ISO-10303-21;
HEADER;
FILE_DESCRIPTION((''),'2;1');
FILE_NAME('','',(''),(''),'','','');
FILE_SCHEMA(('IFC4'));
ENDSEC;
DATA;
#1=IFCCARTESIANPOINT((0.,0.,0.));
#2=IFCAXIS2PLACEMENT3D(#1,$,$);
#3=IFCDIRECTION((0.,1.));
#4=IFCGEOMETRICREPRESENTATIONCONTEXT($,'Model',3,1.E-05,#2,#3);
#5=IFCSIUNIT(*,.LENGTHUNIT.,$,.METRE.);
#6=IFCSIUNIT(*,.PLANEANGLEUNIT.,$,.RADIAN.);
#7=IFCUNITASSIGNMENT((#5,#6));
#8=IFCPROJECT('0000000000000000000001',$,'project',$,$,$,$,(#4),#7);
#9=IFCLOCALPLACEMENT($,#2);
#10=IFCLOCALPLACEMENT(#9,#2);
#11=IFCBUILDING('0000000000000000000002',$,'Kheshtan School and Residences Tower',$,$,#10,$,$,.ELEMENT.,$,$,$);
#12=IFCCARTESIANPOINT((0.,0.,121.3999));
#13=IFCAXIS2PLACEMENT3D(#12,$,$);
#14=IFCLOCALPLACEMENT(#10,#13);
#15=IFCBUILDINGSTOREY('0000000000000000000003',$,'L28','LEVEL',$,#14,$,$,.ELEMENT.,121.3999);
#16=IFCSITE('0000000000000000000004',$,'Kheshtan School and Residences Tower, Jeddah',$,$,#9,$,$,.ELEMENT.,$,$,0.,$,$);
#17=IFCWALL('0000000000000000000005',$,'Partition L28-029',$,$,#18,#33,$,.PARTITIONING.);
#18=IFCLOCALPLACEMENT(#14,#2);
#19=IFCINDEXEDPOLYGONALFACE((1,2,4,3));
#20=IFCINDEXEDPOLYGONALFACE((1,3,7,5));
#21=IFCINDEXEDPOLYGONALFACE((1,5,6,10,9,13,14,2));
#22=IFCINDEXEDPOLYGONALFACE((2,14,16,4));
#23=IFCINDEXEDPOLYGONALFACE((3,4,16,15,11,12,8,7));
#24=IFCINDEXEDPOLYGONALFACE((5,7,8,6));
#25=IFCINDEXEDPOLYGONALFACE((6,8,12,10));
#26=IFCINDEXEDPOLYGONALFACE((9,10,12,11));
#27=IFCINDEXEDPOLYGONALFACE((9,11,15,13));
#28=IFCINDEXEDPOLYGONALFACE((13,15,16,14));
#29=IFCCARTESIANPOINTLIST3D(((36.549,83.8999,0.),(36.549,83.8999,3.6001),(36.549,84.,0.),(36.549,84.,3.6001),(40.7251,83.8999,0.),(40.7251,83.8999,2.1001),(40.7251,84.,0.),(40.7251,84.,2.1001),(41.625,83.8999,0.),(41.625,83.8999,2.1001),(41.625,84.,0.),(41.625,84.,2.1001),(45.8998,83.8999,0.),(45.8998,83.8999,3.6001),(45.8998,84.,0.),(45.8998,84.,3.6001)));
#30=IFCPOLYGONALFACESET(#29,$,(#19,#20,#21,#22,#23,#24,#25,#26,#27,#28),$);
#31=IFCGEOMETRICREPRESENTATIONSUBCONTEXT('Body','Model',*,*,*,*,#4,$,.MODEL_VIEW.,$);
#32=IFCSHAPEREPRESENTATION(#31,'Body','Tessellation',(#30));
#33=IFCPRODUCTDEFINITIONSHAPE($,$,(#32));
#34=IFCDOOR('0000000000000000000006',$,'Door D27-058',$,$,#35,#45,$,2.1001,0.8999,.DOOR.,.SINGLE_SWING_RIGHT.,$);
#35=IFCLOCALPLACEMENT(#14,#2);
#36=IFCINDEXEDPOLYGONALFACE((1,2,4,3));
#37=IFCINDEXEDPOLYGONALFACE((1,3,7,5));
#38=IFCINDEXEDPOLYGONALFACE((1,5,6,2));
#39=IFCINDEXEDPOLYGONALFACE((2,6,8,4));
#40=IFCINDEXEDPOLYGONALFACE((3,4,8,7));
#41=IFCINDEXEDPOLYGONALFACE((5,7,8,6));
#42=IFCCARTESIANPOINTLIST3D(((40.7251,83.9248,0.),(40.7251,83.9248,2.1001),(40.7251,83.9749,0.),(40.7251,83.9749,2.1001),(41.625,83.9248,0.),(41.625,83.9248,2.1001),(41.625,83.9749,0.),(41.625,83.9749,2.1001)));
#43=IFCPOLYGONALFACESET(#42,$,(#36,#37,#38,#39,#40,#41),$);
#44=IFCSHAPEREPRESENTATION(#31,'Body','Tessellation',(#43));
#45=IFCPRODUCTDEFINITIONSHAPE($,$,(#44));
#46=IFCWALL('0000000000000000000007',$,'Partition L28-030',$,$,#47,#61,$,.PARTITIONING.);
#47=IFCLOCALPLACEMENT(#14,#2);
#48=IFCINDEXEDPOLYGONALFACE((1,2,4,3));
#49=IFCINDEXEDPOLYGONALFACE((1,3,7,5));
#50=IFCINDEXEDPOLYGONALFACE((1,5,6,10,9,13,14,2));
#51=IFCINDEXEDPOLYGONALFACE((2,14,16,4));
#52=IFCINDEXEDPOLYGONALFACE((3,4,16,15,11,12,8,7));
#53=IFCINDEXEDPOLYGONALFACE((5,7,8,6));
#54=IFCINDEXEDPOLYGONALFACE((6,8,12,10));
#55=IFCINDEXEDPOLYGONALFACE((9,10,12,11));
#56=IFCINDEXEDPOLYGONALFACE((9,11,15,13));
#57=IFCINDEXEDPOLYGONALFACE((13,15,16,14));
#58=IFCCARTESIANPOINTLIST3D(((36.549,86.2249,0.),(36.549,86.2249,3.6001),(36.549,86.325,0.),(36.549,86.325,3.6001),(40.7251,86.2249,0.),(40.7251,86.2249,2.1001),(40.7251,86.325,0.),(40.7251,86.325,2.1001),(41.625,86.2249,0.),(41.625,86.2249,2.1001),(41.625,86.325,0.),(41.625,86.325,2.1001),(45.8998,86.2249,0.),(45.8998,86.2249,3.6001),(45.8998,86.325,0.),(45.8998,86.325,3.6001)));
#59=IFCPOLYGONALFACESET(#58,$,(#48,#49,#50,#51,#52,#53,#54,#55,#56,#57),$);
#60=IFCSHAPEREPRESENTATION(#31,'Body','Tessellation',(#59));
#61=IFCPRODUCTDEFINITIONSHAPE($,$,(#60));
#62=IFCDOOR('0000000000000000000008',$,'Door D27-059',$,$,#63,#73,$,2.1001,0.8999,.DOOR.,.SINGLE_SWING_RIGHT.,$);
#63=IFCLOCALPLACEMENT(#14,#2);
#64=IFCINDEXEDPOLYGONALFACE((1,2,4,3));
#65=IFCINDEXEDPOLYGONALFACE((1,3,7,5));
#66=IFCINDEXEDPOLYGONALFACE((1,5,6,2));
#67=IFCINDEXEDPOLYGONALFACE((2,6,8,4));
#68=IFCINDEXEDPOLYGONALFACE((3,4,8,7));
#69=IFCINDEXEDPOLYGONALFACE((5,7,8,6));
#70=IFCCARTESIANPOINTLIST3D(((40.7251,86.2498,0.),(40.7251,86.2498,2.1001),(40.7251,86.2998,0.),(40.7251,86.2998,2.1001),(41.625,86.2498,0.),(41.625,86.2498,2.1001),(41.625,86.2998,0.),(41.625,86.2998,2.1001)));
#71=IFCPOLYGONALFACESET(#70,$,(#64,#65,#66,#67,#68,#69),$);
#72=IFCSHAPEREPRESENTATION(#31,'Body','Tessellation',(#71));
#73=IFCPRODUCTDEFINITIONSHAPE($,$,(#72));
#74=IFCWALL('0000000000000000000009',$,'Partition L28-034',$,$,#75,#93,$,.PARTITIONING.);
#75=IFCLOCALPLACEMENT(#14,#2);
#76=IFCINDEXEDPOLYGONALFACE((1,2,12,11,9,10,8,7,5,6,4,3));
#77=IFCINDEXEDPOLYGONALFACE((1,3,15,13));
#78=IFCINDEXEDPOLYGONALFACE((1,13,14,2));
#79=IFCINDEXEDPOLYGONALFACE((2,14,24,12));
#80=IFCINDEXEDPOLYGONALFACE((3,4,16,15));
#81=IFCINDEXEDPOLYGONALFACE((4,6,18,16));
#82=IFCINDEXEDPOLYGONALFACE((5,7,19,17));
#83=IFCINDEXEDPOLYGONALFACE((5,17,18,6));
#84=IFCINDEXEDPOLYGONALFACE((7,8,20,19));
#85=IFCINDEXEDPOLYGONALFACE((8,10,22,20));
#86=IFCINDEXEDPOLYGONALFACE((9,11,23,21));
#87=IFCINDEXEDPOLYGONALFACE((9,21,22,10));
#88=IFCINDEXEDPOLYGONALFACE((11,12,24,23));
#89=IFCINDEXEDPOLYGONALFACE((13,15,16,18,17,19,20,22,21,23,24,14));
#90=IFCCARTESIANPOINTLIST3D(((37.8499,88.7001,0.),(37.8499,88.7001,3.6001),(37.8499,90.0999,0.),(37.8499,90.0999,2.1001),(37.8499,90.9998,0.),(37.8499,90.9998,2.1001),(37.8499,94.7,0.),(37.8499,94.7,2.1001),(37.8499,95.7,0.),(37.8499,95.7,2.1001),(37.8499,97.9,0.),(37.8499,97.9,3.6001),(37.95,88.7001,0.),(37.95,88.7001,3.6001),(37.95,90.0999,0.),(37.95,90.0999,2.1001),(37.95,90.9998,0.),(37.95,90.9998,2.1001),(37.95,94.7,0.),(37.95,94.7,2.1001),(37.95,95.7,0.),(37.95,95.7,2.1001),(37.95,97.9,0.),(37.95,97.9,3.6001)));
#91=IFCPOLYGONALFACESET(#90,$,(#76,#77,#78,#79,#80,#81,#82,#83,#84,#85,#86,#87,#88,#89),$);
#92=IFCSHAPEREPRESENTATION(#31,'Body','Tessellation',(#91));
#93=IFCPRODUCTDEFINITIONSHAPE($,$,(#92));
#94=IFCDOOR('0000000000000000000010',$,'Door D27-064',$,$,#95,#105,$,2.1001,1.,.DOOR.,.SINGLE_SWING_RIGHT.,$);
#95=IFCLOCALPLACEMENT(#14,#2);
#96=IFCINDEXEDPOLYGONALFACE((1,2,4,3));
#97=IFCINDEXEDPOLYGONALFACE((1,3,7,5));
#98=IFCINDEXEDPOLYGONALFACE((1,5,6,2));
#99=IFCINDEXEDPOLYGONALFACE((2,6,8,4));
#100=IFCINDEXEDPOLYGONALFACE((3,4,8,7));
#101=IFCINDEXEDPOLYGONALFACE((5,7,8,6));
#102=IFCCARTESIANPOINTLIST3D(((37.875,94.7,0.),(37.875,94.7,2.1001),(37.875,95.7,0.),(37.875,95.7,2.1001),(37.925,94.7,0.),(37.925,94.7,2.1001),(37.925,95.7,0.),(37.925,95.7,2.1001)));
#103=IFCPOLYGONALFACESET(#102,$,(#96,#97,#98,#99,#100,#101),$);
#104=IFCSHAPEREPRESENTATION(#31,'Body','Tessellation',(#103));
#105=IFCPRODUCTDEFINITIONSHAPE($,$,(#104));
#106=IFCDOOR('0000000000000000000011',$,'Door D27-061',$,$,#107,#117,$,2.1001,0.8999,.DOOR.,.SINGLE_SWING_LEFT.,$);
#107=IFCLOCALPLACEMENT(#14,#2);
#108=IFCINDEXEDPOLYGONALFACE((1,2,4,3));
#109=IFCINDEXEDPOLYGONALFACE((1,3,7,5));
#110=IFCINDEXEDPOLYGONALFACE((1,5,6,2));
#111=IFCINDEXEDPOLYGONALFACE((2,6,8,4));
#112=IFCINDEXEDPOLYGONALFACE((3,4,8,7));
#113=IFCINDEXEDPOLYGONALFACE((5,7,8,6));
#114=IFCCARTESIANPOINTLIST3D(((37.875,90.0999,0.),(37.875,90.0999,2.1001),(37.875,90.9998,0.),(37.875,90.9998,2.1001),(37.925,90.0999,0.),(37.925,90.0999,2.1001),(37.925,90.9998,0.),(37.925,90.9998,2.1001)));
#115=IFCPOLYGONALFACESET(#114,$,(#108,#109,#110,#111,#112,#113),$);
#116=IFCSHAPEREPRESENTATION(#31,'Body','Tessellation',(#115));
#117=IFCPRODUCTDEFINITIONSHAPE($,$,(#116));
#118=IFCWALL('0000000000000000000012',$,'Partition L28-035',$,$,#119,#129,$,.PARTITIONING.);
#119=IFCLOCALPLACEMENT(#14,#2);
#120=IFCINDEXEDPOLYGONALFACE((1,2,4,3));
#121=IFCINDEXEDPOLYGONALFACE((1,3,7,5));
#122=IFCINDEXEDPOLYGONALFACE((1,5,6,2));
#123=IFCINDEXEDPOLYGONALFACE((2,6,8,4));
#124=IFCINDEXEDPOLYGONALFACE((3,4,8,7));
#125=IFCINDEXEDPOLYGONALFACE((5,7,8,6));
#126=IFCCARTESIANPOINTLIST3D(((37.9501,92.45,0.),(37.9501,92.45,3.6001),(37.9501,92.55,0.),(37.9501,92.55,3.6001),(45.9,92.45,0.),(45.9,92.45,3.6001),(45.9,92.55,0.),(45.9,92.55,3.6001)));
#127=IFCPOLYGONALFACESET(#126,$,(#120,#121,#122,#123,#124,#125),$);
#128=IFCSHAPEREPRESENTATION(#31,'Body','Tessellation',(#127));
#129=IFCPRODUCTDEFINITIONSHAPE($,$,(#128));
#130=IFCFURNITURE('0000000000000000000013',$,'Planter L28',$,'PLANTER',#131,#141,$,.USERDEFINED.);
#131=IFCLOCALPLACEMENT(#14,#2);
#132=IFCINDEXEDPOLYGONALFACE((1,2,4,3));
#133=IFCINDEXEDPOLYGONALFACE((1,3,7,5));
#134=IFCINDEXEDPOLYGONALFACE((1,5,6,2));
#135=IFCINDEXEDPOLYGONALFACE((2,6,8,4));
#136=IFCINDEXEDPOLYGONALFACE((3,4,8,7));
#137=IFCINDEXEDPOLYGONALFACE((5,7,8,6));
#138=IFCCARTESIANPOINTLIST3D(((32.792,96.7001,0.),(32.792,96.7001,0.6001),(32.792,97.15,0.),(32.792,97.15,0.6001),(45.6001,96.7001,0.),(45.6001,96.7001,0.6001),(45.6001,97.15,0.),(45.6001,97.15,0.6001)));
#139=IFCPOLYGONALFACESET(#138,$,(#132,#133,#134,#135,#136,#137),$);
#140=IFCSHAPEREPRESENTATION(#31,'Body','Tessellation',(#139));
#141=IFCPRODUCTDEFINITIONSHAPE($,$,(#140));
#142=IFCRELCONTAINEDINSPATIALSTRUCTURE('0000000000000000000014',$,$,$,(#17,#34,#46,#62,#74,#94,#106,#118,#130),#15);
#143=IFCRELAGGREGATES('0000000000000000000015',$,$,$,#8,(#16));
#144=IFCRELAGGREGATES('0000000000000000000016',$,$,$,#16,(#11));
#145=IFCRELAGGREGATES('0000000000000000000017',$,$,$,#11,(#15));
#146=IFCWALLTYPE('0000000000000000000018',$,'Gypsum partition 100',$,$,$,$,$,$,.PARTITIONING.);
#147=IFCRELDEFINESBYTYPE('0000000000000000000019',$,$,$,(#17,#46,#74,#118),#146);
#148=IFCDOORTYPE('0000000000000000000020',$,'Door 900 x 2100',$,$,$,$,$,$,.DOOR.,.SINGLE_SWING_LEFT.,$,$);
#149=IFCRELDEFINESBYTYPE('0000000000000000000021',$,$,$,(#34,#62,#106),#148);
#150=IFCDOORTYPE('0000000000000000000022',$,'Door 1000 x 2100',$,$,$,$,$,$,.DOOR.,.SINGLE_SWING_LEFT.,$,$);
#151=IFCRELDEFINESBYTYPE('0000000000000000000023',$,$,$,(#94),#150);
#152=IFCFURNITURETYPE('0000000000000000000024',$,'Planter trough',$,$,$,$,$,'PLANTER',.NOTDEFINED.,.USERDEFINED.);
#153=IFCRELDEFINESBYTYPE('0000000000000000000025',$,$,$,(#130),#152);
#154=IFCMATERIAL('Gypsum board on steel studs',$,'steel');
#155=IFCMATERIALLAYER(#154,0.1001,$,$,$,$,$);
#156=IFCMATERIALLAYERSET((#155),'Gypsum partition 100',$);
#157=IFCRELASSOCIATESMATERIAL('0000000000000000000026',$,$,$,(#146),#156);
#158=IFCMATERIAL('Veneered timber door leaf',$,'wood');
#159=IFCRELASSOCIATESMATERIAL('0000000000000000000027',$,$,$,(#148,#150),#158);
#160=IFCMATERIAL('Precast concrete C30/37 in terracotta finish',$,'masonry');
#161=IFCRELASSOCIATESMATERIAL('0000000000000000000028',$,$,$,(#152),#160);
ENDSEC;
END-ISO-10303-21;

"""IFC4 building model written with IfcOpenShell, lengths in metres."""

from ifc_helpers import new_model, si_unit, direction, frame, frame_2d, origin, origin_2d, place, context, subcontext, project, spatial, rectangle, extrude, source, transform, mapped, material, layer, layer_set, type_object, element, fill, save


model = new_model("IFC4")

# Units and contexts
model_context = context("Model", 3, precision=1e-05, world=origin(), true_north=direction((0.0, 1.0)))
body_context = subcontext(model_context, "Body", "Model", "MODEL_VIEW")
ifc_project = project(units=[si_unit("LENGTHUNIT", "METRE"), si_unit("PLANEANGLEUNIT", "RADIAN")], contexts=[model_context])

# Site, building, storey
site_placement = place(None, origin())
site = spatial("IfcSite", under=ifc_project, at=site_placement, Name="Kheshtan School and Residences Tower, Jeddah", CompositionType="ELEMENT", RefElevation=0.0)
building_placement = place(site_placement, origin())
building = spatial("IfcBuilding", under=site, at=building_placement, Name="Kheshtan School and Residences Tower", CompositionType="ELEMENT")
storey_placement = place(building_placement, frame((0.0, 0.0, 121.3999)))
storey = spatial("IfcBuildingStorey", under=building, at=storey_placement, Name="L28", Description="LEVEL", CompositionType="ELEMENT", Elevation=121.3999)

# Walls, openings, doors
ifc_material_1 = material(Name="Gypsum board on steel studs", Category="steel")
ifc_layer_1 = layer(ifc_material_1, 0.1001)
ifc_layer_set_1 = layer_set([ifc_layer_1], Name="Gypsum partition 100")
wall_type_1 = type_object("IfcWallType", Name="Gypsum partition 100", PredefinedType="PARTITIONING", material=ifc_layer_set_1)
wall_1_placement = place(storey_placement, frame((36.5491, 83.95, 0.0), z_axis=(0.0, 0.0, 1.0), x_axis=(1.0, 0.0, 0.0)))
wall_1 = element("IfcWall", 1, at=wall_1_placement, inside=storey, type_object=wall_type_1, Name="Partition L28-029", PredefinedType="PARTITIONING", context=body_context, shape_type="SweptSolid", body=[
    extrude(rectangle(XDim=9.3508, YDim=0.1001, at=frame_2d((4.6753, 0.0))), origin(), (0.0, 0.0, 1.0), 3.6001),
])
opening_1_placement = place(wall_1_placement, frame((4.176, 0.0, 0.0)))
opening_1 = element("IfcOpeningElement", 2, at=opening_1_placement, cuts=wall_1, PredefinedType="OPENING", context=body_context, shape_type="SweptSolid", body=[
    extrude(rectangle(XDim=0.8999, YDim=2.1001, at=frame_2d((0.45, 1.05))), frame((0.0, 0.0601, 0.0), z_axis=(0.0, -1.0, 0.0), x_axis=(1.0, 0.0, 0.0)), (0.0, 0.0, 1.0), 0.1201),
])
ifc_material_2 = material(Name="Veneered timber door leaf", Category="wood")
door_type_1 = type_object("IfcDoorType", Name="Door 900 x 2100", OperationType="SINGLE_SWING_LEFT", PredefinedType="DOOR", material=ifc_material_2)
shared_shape_1 = source(origin(), body_context, "Body", "SweptSolid", [
    extrude(rectangle(XDim=0.8999, YDim=2.1001, at=frame_2d((0.45, 1.05))), frame((0.0, 0.0249, 0.0), z_axis=(0.0, -1.0, 0.0), x_axis=(1.0, 0.0, 0.0)), (0.0, 0.0, 1.0), 0.05),
])
door_1_placement = place(opening_1_placement, origin())
door_1 = element("IfcDoor", 3, at=door_1_placement, inside=storey, type_object=door_type_1, Name="Door D27-058", OperationType="SINGLE_SWING_RIGHT", OverallHeight=2.1001, OverallWidth=0.8999, PredefinedType="DOOR", context=body_context, shape_type="MappedRepresentation", body=[
    mapped(shared_shape_1, transform((0.0, 0.0, 0.0), x_axis=(1.0, 0.0, 0.0), y_axis=(0.0, 1.0, 0.0), z_axis=(0.0, 0.0, 1.0), scale=1.0)),
])
fill(opening_1, door_1)
wall_2_placement = place(storey_placement, frame((36.5491, 86.2749, 0.0), z_axis=(0.0, 0.0, 1.0), x_axis=(1.0, 0.0, 0.0)))
wall_2 = element("IfcWall", 4, at=wall_2_placement, inside=storey, type_object=wall_type_1, Name="Partition L28-030", PredefinedType="PARTITIONING", context=body_context, shape_type="SweptSolid", body=[
    extrude(rectangle(XDim=9.3508, YDim=0.1001, at=frame_2d((4.6753, 0.0))), origin(), (0.0, 0.0, 1.0), 3.6001),
])
opening_2_placement = place(wall_2_placement, frame((4.176, 0.0, 0.0)))
opening_2 = element("IfcOpeningElement", 5, at=opening_2_placement, cuts=wall_2, PredefinedType="OPENING", context=body_context, shape_type="SweptSolid", body=[
    extrude(rectangle(XDim=0.8999, YDim=2.1001, at=frame_2d((0.45, 1.05))), frame((0.0, 0.0601, 0.0), z_axis=(0.0, -1.0, 0.0), x_axis=(1.0, 0.0, 0.0)), (0.0, 0.0, 1.0), 0.1201),
])
door_2_placement = place(opening_2_placement, origin())
door_2 = element("IfcDoor", 6, at=door_2_placement, inside=storey, type_object=door_type_1, Name="Door D27-059", OperationType="SINGLE_SWING_RIGHT", OverallHeight=2.1001, OverallWidth=0.8999, PredefinedType="DOOR", context=body_context, shape_type="MappedRepresentation", body=[
    mapped(shared_shape_1, transform((0.0, 0.0, 0.0), x_axis=(1.0, 0.0, 0.0), y_axis=(0.0, 1.0, 0.0), z_axis=(0.0, 0.0, 1.0), scale=1.0)),
])
fill(opening_2, door_2)

# Wall, openings, doors
wall_3_placement = place(storey_placement, frame((37.8999, 88.7, 0.0), z_axis=(0.0, 0.0, 1.0), x_axis=(0.0, 1.0, 0.0)))
wall_3 = element("IfcWall", 7, at=wall_3_placement, inside=storey, type_object=wall_type_1, Name="Partition L28-034", PredefinedType="PARTITIONING", context=body_context, shape_type="SweptSolid", body=[
    extrude(rectangle(XDim=9.2, YDim=0.1001, at=frame_2d((4.6001, 0.0))), origin(), (0.0, 0.0, 1.0), 3.6001),
])
opening_3_placement = place(wall_3_placement, frame((1.3999, 0.0, 0.0)))
opening_3 = element("IfcOpeningElement", 8, at=opening_3_placement, cuts=wall_3, PredefinedType="OPENING", context=body_context, shape_type="SweptSolid", body=[
    extrude(rectangle(XDim=0.8999, YDim=2.1001, at=frame_2d((0.45, 1.05))), frame((0.0, 0.0601, 0.0), z_axis=(0.0, -1.0, 0.0), x_axis=(1.0, 0.0, 0.0)), (0.0, 0.0, 1.0), 0.1201),
])
opening_4_placement = place(wall_3_placement, frame((6.0, 0.0, 0.0)))
opening_4 = element("IfcOpeningElement", 9, at=opening_4_placement, cuts=wall_3, PredefinedType="OPENING", context=body_context, shape_type="SweptSolid", body=[
    extrude(rectangle(XDim=1.0, YDim=2.1001, at=frame_2d((0.5, 1.05))), frame((0.0, 0.0601, 0.0), z_axis=(0.0, -1.0, 0.0), x_axis=(1.0, 0.0, 0.0)), (0.0, 0.0, 1.0), 0.1201),
])
door_type_2 = type_object("IfcDoorType", Name="Door 1000 x 2100", OperationType="SINGLE_SWING_LEFT", PredefinedType="DOOR", material=ifc_material_2)
shared_shape_2 = source(origin(), body_context, "Body", "SweptSolid", [
    extrude(rectangle(XDim=1.0, YDim=2.1001, at=frame_2d((0.5, 1.05))), frame((0.0, 0.0249, 0.0), z_axis=(0.0, -1.0, 0.0), x_axis=(1.0, 0.0, 0.0)), (0.0, 0.0, 1.0), 0.05),
])
door_3_placement = place(opening_4_placement, origin())
door_3 = element("IfcDoor", 10, at=door_3_placement, inside=storey, type_object=door_type_2, Name="Door D27-064", OperationType="SINGLE_SWING_RIGHT", OverallHeight=2.1001, OverallWidth=1.0, PredefinedType="DOOR", context=body_context, shape_type="MappedRepresentation", body=[
    mapped(shared_shape_2, transform((0.0, 0.0, 0.0), x_axis=(1.0, 0.0, 0.0), y_axis=(0.0, 1.0, 0.0), z_axis=(0.0, 0.0, 1.0), scale=1.0)),
])
fill(opening_4, door_3)
door_4_placement = place(opening_3_placement, origin())
door_4 = element("IfcDoor", 11, at=door_4_placement, inside=storey, type_object=door_type_1, Name="Door D27-061", OperationType="SINGLE_SWING_LEFT", OverallHeight=2.1001, OverallWidth=0.8999, PredefinedType="DOOR", context=body_context, shape_type="MappedRepresentation", body=[
    mapped(shared_shape_1, transform((0.0, 0.0, 0.0), x_axis=(1.0, 0.0, 0.0), y_axis=(0.0, 1.0, 0.0), z_axis=(0.0, 0.0, 1.0), scale=1.0)),
])
fill(opening_3, door_4)

# Wall
wall_4_placement = place(storey_placement, frame((37.95, 92.5, 0.0), z_axis=(0.0, 0.0, 1.0), x_axis=(1.0, 0.0, 0.0)))
element("IfcWall", 12, at=wall_4_placement, inside=storey, type_object=wall_type_1, Name="Partition L28-035", PredefinedType="PARTITIONING", context=body_context, shape_type="SweptSolid", body=[
    extrude(rectangle(XDim=7.95, YDim=0.1001, at=frame_2d((3.9751, 0.0))), origin(), (0.0, 0.0, 1.0), 3.6001),
])

# Furniture
ifc_material_3 = material(Name="Precast concrete C30/37 in terracotta finish", Category="masonry")
furniture_type = type_object("IfcFurnitureType", Name="Planter trough", ElementType="PLANTER", AssemblyPlace="NOTDEFINED", PredefinedType="USERDEFINED", material=ifc_material_3)
furniture_placement = place(storey_placement, frame((39.196, 96.925, 0.0), z_axis=(0.0, 0.0, 1.0), x_axis=(1.0, 0.0, 0.0)))
element("IfcFurniture", 13, at=furniture_placement, inside=storey, type_object=furniture_type, Name="Planter L28", ObjectType="PLANTER", PredefinedType="USERDEFINED", context=body_context, shape_type="SweptSolid", body=[
    extrude(rectangle(XDim=12.8081, YDim=0.45, at=origin_2d()), origin(), (0.0, 0.0, 1.0), 0.6001),
])

save(model, "model.ifc")
